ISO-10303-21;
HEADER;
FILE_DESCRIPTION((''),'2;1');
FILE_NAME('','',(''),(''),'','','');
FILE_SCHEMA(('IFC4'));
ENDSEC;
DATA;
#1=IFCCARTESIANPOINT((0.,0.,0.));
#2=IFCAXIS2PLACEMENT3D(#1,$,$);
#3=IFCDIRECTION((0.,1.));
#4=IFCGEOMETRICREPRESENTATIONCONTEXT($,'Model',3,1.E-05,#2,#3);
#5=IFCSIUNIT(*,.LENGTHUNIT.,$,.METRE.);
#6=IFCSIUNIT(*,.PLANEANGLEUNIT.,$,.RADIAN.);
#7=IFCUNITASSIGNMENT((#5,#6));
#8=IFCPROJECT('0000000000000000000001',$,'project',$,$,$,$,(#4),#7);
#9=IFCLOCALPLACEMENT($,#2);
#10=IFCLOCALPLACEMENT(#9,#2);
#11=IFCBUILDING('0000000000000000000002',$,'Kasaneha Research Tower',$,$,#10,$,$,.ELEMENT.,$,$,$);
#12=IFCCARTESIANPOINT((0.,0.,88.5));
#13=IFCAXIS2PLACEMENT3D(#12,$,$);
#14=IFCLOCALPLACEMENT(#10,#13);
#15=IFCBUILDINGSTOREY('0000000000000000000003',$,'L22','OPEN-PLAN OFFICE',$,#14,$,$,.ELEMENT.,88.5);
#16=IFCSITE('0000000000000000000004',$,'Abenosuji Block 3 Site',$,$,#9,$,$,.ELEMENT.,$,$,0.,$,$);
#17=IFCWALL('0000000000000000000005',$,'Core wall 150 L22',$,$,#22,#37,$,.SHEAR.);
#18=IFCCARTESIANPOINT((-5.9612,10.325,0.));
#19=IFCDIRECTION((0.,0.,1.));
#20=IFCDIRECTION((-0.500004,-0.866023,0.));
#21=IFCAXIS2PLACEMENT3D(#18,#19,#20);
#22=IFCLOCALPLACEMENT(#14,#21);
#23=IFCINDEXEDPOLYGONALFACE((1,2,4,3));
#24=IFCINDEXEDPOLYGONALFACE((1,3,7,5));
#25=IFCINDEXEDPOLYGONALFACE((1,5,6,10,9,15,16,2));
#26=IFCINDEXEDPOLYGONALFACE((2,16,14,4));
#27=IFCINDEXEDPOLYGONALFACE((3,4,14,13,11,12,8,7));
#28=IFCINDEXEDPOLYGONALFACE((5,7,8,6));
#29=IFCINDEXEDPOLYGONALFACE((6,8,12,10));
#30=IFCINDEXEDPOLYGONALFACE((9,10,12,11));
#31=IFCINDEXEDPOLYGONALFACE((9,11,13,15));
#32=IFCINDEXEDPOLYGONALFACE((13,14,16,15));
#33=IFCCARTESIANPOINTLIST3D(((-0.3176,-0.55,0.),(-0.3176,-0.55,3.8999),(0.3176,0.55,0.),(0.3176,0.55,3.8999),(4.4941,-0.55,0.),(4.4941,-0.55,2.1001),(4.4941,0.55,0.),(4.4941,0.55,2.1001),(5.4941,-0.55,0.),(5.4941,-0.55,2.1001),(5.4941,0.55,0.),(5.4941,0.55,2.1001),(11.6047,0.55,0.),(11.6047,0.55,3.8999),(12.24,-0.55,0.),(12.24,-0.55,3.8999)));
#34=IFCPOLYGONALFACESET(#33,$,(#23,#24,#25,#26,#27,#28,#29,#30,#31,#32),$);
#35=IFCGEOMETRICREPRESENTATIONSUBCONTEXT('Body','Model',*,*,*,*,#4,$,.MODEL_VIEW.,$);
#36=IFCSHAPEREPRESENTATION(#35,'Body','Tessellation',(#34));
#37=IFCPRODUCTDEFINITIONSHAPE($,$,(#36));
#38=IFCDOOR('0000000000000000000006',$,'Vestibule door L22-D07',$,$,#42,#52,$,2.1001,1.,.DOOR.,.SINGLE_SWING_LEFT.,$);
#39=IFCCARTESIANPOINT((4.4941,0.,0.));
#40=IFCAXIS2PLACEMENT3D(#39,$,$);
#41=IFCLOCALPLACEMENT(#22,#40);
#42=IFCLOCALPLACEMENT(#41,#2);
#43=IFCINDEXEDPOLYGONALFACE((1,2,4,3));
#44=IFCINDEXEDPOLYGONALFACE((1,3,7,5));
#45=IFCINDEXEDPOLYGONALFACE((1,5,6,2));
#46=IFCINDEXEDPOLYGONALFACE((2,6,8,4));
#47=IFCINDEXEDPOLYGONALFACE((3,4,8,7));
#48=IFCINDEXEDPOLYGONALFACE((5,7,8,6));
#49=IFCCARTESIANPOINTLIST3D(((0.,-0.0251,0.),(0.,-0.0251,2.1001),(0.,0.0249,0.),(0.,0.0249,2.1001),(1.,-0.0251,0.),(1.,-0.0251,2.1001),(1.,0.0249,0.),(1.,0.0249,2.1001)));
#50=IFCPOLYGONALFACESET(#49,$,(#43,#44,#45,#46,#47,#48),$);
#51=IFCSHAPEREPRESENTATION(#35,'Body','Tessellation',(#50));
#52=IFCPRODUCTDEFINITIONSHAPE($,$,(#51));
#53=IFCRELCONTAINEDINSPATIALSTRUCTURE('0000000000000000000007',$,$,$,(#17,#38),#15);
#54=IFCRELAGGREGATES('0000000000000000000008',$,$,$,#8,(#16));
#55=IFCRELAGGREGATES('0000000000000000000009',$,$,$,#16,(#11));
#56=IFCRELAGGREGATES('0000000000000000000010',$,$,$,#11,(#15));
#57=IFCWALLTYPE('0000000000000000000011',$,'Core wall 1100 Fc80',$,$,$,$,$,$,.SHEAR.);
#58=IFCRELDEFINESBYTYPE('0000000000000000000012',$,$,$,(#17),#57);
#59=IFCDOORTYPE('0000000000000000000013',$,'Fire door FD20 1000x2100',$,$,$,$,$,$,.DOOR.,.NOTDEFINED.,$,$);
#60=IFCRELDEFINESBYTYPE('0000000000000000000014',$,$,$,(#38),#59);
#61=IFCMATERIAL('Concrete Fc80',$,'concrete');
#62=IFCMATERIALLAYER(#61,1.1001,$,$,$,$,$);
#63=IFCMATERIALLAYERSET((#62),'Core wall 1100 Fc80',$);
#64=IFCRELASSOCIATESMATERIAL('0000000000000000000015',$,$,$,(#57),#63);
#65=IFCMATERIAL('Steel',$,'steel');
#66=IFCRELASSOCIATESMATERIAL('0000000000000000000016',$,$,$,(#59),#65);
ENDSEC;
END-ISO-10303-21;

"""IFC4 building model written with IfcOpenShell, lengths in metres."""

from ifc_helpers import new_model, si_unit, direction, frame, frame_2d, origin, place, context, subcontext, project, spatial, polyline, rectangle, outline, extrude, material, layer, layer_set, type_object, element, fill, save


model = new_model("IFC4")

# Units and contexts
model_context = context("Model", 3, precision=1e-05, world=origin(), true_north=direction((0.0, 1.0)))
body_context = subcontext(model_context, "Body", "Model", "MODEL_VIEW")
ifc_project = project(units=[si_unit("LENGTHUNIT", "METRE"), si_unit("PLANEANGLEUNIT", "RADIAN")], contexts=[model_context])

# Site, building, storey
site_placement = place(None, origin())
site = spatial("IfcSite", under=ifc_project, at=site_placement, Name="Abenosuji Block 3 Site", CompositionType="ELEMENT", RefElevation=0.0)
building_placement = place(site_placement, origin())
building = spatial("IfcBuilding", under=site, at=building_placement, Name="Kasaneha Research Tower", CompositionType="ELEMENT")
storey_placement = place(building_placement, frame((0.0, 0.0, 88.5)))
storey = spatial("IfcBuildingStorey", under=building, at=storey_placement, Name="L22", Description="OPEN-PLAN OFFICE", CompositionType="ELEMENT", Elevation=88.5)

# Wall, opening, door
ifc_material_1 = material(Name="Concrete Fc80", Category="concrete")
ifc_layer_1 = layer(ifc_material_1, 1.1001)
ifc_layer_set_1 = layer_set([ifc_layer_1], Name="Core wall 1100 Fc80")
wall_type_1 = type_object("IfcWallType", Name="Core wall 1100 Fc80", PredefinedType="SHEAR", material=ifc_layer_set_1)
wall_1_placement = place(storey_placement, frame((-5.9612, 10.325, 0.0), z_axis=(0.0, 0.0, 1.0), x_axis=(-0.500004, -0.866023, 0.0)))
wall_1 = element("IfcWall", 1, at=wall_1_placement, inside=storey, type_object=wall_type_1, Name="Core wall 150 L22", PredefinedType="SHEAR", context=body_context, shape_type="SweptSolid", body=[
    extrude(outline(polyline([(-0.3176, -0.55), (4.4941, -0.55), (5.4941, -0.55), (12.24, -0.55), (11.6047, 0.55), (5.4941, 0.55), (4.4941, 0.55), (0.3176, 0.55), (-0.3176, -0.55)])), origin(), (0.0, 0.0, 1.0), 3.8999),
])
opening_1_placement = place(wall_1_placement, frame((4.4941, 0.0, 0.0)))
opening_1 = element("IfcOpeningElement", 2, at=opening_1_placement, cuts=wall_1, PredefinedType="OPENING", context=body_context, shape_type="SweptSolid", body=[
    extrude(rectangle(XDim=1.0, YDim=2.1001, at=frame_2d((0.5, 1.05))), frame((0.0, 0.5601, 0.0), z_axis=(0.0, -1.0, 0.0), x_axis=(1.0, 0.0, 0.0)), (0.0, 0.0, 1.0), 1.1201),
])
ifc_material_2 = material(Name="Steel", Category="steel")
door_type_1 = type_object("IfcDoorType", Name="Fire door FD20 1000x2100", OperationType="NOTDEFINED", PredefinedType="DOOR", material=ifc_material_2)
door_1_placement = place(opening_1_placement, origin())
door_1 = element("IfcDoor", 3, at=door_1_placement, inside=storey, type_object=door_type_1, Name="Vestibule door L22-D07", OperationType="SINGLE_SWING_LEFT", OverallHeight=2.1001, OverallWidth=1.0, PredefinedType="DOOR", context=body_context, shape_type="SweptSolid", body=[
    extrude(rectangle(XDim=1.0, YDim=2.1001, at=frame_2d((0.5, 1.05))), frame((0.0, 0.0249, 0.0), z_axis=(0.0, -1.0, 0.0), x_axis=(1.0, 0.0, 0.0)), (0.0, 0.0, 1.0), 0.05),
])
fill(opening_1, door_1)

save(model, "model.ifc")
